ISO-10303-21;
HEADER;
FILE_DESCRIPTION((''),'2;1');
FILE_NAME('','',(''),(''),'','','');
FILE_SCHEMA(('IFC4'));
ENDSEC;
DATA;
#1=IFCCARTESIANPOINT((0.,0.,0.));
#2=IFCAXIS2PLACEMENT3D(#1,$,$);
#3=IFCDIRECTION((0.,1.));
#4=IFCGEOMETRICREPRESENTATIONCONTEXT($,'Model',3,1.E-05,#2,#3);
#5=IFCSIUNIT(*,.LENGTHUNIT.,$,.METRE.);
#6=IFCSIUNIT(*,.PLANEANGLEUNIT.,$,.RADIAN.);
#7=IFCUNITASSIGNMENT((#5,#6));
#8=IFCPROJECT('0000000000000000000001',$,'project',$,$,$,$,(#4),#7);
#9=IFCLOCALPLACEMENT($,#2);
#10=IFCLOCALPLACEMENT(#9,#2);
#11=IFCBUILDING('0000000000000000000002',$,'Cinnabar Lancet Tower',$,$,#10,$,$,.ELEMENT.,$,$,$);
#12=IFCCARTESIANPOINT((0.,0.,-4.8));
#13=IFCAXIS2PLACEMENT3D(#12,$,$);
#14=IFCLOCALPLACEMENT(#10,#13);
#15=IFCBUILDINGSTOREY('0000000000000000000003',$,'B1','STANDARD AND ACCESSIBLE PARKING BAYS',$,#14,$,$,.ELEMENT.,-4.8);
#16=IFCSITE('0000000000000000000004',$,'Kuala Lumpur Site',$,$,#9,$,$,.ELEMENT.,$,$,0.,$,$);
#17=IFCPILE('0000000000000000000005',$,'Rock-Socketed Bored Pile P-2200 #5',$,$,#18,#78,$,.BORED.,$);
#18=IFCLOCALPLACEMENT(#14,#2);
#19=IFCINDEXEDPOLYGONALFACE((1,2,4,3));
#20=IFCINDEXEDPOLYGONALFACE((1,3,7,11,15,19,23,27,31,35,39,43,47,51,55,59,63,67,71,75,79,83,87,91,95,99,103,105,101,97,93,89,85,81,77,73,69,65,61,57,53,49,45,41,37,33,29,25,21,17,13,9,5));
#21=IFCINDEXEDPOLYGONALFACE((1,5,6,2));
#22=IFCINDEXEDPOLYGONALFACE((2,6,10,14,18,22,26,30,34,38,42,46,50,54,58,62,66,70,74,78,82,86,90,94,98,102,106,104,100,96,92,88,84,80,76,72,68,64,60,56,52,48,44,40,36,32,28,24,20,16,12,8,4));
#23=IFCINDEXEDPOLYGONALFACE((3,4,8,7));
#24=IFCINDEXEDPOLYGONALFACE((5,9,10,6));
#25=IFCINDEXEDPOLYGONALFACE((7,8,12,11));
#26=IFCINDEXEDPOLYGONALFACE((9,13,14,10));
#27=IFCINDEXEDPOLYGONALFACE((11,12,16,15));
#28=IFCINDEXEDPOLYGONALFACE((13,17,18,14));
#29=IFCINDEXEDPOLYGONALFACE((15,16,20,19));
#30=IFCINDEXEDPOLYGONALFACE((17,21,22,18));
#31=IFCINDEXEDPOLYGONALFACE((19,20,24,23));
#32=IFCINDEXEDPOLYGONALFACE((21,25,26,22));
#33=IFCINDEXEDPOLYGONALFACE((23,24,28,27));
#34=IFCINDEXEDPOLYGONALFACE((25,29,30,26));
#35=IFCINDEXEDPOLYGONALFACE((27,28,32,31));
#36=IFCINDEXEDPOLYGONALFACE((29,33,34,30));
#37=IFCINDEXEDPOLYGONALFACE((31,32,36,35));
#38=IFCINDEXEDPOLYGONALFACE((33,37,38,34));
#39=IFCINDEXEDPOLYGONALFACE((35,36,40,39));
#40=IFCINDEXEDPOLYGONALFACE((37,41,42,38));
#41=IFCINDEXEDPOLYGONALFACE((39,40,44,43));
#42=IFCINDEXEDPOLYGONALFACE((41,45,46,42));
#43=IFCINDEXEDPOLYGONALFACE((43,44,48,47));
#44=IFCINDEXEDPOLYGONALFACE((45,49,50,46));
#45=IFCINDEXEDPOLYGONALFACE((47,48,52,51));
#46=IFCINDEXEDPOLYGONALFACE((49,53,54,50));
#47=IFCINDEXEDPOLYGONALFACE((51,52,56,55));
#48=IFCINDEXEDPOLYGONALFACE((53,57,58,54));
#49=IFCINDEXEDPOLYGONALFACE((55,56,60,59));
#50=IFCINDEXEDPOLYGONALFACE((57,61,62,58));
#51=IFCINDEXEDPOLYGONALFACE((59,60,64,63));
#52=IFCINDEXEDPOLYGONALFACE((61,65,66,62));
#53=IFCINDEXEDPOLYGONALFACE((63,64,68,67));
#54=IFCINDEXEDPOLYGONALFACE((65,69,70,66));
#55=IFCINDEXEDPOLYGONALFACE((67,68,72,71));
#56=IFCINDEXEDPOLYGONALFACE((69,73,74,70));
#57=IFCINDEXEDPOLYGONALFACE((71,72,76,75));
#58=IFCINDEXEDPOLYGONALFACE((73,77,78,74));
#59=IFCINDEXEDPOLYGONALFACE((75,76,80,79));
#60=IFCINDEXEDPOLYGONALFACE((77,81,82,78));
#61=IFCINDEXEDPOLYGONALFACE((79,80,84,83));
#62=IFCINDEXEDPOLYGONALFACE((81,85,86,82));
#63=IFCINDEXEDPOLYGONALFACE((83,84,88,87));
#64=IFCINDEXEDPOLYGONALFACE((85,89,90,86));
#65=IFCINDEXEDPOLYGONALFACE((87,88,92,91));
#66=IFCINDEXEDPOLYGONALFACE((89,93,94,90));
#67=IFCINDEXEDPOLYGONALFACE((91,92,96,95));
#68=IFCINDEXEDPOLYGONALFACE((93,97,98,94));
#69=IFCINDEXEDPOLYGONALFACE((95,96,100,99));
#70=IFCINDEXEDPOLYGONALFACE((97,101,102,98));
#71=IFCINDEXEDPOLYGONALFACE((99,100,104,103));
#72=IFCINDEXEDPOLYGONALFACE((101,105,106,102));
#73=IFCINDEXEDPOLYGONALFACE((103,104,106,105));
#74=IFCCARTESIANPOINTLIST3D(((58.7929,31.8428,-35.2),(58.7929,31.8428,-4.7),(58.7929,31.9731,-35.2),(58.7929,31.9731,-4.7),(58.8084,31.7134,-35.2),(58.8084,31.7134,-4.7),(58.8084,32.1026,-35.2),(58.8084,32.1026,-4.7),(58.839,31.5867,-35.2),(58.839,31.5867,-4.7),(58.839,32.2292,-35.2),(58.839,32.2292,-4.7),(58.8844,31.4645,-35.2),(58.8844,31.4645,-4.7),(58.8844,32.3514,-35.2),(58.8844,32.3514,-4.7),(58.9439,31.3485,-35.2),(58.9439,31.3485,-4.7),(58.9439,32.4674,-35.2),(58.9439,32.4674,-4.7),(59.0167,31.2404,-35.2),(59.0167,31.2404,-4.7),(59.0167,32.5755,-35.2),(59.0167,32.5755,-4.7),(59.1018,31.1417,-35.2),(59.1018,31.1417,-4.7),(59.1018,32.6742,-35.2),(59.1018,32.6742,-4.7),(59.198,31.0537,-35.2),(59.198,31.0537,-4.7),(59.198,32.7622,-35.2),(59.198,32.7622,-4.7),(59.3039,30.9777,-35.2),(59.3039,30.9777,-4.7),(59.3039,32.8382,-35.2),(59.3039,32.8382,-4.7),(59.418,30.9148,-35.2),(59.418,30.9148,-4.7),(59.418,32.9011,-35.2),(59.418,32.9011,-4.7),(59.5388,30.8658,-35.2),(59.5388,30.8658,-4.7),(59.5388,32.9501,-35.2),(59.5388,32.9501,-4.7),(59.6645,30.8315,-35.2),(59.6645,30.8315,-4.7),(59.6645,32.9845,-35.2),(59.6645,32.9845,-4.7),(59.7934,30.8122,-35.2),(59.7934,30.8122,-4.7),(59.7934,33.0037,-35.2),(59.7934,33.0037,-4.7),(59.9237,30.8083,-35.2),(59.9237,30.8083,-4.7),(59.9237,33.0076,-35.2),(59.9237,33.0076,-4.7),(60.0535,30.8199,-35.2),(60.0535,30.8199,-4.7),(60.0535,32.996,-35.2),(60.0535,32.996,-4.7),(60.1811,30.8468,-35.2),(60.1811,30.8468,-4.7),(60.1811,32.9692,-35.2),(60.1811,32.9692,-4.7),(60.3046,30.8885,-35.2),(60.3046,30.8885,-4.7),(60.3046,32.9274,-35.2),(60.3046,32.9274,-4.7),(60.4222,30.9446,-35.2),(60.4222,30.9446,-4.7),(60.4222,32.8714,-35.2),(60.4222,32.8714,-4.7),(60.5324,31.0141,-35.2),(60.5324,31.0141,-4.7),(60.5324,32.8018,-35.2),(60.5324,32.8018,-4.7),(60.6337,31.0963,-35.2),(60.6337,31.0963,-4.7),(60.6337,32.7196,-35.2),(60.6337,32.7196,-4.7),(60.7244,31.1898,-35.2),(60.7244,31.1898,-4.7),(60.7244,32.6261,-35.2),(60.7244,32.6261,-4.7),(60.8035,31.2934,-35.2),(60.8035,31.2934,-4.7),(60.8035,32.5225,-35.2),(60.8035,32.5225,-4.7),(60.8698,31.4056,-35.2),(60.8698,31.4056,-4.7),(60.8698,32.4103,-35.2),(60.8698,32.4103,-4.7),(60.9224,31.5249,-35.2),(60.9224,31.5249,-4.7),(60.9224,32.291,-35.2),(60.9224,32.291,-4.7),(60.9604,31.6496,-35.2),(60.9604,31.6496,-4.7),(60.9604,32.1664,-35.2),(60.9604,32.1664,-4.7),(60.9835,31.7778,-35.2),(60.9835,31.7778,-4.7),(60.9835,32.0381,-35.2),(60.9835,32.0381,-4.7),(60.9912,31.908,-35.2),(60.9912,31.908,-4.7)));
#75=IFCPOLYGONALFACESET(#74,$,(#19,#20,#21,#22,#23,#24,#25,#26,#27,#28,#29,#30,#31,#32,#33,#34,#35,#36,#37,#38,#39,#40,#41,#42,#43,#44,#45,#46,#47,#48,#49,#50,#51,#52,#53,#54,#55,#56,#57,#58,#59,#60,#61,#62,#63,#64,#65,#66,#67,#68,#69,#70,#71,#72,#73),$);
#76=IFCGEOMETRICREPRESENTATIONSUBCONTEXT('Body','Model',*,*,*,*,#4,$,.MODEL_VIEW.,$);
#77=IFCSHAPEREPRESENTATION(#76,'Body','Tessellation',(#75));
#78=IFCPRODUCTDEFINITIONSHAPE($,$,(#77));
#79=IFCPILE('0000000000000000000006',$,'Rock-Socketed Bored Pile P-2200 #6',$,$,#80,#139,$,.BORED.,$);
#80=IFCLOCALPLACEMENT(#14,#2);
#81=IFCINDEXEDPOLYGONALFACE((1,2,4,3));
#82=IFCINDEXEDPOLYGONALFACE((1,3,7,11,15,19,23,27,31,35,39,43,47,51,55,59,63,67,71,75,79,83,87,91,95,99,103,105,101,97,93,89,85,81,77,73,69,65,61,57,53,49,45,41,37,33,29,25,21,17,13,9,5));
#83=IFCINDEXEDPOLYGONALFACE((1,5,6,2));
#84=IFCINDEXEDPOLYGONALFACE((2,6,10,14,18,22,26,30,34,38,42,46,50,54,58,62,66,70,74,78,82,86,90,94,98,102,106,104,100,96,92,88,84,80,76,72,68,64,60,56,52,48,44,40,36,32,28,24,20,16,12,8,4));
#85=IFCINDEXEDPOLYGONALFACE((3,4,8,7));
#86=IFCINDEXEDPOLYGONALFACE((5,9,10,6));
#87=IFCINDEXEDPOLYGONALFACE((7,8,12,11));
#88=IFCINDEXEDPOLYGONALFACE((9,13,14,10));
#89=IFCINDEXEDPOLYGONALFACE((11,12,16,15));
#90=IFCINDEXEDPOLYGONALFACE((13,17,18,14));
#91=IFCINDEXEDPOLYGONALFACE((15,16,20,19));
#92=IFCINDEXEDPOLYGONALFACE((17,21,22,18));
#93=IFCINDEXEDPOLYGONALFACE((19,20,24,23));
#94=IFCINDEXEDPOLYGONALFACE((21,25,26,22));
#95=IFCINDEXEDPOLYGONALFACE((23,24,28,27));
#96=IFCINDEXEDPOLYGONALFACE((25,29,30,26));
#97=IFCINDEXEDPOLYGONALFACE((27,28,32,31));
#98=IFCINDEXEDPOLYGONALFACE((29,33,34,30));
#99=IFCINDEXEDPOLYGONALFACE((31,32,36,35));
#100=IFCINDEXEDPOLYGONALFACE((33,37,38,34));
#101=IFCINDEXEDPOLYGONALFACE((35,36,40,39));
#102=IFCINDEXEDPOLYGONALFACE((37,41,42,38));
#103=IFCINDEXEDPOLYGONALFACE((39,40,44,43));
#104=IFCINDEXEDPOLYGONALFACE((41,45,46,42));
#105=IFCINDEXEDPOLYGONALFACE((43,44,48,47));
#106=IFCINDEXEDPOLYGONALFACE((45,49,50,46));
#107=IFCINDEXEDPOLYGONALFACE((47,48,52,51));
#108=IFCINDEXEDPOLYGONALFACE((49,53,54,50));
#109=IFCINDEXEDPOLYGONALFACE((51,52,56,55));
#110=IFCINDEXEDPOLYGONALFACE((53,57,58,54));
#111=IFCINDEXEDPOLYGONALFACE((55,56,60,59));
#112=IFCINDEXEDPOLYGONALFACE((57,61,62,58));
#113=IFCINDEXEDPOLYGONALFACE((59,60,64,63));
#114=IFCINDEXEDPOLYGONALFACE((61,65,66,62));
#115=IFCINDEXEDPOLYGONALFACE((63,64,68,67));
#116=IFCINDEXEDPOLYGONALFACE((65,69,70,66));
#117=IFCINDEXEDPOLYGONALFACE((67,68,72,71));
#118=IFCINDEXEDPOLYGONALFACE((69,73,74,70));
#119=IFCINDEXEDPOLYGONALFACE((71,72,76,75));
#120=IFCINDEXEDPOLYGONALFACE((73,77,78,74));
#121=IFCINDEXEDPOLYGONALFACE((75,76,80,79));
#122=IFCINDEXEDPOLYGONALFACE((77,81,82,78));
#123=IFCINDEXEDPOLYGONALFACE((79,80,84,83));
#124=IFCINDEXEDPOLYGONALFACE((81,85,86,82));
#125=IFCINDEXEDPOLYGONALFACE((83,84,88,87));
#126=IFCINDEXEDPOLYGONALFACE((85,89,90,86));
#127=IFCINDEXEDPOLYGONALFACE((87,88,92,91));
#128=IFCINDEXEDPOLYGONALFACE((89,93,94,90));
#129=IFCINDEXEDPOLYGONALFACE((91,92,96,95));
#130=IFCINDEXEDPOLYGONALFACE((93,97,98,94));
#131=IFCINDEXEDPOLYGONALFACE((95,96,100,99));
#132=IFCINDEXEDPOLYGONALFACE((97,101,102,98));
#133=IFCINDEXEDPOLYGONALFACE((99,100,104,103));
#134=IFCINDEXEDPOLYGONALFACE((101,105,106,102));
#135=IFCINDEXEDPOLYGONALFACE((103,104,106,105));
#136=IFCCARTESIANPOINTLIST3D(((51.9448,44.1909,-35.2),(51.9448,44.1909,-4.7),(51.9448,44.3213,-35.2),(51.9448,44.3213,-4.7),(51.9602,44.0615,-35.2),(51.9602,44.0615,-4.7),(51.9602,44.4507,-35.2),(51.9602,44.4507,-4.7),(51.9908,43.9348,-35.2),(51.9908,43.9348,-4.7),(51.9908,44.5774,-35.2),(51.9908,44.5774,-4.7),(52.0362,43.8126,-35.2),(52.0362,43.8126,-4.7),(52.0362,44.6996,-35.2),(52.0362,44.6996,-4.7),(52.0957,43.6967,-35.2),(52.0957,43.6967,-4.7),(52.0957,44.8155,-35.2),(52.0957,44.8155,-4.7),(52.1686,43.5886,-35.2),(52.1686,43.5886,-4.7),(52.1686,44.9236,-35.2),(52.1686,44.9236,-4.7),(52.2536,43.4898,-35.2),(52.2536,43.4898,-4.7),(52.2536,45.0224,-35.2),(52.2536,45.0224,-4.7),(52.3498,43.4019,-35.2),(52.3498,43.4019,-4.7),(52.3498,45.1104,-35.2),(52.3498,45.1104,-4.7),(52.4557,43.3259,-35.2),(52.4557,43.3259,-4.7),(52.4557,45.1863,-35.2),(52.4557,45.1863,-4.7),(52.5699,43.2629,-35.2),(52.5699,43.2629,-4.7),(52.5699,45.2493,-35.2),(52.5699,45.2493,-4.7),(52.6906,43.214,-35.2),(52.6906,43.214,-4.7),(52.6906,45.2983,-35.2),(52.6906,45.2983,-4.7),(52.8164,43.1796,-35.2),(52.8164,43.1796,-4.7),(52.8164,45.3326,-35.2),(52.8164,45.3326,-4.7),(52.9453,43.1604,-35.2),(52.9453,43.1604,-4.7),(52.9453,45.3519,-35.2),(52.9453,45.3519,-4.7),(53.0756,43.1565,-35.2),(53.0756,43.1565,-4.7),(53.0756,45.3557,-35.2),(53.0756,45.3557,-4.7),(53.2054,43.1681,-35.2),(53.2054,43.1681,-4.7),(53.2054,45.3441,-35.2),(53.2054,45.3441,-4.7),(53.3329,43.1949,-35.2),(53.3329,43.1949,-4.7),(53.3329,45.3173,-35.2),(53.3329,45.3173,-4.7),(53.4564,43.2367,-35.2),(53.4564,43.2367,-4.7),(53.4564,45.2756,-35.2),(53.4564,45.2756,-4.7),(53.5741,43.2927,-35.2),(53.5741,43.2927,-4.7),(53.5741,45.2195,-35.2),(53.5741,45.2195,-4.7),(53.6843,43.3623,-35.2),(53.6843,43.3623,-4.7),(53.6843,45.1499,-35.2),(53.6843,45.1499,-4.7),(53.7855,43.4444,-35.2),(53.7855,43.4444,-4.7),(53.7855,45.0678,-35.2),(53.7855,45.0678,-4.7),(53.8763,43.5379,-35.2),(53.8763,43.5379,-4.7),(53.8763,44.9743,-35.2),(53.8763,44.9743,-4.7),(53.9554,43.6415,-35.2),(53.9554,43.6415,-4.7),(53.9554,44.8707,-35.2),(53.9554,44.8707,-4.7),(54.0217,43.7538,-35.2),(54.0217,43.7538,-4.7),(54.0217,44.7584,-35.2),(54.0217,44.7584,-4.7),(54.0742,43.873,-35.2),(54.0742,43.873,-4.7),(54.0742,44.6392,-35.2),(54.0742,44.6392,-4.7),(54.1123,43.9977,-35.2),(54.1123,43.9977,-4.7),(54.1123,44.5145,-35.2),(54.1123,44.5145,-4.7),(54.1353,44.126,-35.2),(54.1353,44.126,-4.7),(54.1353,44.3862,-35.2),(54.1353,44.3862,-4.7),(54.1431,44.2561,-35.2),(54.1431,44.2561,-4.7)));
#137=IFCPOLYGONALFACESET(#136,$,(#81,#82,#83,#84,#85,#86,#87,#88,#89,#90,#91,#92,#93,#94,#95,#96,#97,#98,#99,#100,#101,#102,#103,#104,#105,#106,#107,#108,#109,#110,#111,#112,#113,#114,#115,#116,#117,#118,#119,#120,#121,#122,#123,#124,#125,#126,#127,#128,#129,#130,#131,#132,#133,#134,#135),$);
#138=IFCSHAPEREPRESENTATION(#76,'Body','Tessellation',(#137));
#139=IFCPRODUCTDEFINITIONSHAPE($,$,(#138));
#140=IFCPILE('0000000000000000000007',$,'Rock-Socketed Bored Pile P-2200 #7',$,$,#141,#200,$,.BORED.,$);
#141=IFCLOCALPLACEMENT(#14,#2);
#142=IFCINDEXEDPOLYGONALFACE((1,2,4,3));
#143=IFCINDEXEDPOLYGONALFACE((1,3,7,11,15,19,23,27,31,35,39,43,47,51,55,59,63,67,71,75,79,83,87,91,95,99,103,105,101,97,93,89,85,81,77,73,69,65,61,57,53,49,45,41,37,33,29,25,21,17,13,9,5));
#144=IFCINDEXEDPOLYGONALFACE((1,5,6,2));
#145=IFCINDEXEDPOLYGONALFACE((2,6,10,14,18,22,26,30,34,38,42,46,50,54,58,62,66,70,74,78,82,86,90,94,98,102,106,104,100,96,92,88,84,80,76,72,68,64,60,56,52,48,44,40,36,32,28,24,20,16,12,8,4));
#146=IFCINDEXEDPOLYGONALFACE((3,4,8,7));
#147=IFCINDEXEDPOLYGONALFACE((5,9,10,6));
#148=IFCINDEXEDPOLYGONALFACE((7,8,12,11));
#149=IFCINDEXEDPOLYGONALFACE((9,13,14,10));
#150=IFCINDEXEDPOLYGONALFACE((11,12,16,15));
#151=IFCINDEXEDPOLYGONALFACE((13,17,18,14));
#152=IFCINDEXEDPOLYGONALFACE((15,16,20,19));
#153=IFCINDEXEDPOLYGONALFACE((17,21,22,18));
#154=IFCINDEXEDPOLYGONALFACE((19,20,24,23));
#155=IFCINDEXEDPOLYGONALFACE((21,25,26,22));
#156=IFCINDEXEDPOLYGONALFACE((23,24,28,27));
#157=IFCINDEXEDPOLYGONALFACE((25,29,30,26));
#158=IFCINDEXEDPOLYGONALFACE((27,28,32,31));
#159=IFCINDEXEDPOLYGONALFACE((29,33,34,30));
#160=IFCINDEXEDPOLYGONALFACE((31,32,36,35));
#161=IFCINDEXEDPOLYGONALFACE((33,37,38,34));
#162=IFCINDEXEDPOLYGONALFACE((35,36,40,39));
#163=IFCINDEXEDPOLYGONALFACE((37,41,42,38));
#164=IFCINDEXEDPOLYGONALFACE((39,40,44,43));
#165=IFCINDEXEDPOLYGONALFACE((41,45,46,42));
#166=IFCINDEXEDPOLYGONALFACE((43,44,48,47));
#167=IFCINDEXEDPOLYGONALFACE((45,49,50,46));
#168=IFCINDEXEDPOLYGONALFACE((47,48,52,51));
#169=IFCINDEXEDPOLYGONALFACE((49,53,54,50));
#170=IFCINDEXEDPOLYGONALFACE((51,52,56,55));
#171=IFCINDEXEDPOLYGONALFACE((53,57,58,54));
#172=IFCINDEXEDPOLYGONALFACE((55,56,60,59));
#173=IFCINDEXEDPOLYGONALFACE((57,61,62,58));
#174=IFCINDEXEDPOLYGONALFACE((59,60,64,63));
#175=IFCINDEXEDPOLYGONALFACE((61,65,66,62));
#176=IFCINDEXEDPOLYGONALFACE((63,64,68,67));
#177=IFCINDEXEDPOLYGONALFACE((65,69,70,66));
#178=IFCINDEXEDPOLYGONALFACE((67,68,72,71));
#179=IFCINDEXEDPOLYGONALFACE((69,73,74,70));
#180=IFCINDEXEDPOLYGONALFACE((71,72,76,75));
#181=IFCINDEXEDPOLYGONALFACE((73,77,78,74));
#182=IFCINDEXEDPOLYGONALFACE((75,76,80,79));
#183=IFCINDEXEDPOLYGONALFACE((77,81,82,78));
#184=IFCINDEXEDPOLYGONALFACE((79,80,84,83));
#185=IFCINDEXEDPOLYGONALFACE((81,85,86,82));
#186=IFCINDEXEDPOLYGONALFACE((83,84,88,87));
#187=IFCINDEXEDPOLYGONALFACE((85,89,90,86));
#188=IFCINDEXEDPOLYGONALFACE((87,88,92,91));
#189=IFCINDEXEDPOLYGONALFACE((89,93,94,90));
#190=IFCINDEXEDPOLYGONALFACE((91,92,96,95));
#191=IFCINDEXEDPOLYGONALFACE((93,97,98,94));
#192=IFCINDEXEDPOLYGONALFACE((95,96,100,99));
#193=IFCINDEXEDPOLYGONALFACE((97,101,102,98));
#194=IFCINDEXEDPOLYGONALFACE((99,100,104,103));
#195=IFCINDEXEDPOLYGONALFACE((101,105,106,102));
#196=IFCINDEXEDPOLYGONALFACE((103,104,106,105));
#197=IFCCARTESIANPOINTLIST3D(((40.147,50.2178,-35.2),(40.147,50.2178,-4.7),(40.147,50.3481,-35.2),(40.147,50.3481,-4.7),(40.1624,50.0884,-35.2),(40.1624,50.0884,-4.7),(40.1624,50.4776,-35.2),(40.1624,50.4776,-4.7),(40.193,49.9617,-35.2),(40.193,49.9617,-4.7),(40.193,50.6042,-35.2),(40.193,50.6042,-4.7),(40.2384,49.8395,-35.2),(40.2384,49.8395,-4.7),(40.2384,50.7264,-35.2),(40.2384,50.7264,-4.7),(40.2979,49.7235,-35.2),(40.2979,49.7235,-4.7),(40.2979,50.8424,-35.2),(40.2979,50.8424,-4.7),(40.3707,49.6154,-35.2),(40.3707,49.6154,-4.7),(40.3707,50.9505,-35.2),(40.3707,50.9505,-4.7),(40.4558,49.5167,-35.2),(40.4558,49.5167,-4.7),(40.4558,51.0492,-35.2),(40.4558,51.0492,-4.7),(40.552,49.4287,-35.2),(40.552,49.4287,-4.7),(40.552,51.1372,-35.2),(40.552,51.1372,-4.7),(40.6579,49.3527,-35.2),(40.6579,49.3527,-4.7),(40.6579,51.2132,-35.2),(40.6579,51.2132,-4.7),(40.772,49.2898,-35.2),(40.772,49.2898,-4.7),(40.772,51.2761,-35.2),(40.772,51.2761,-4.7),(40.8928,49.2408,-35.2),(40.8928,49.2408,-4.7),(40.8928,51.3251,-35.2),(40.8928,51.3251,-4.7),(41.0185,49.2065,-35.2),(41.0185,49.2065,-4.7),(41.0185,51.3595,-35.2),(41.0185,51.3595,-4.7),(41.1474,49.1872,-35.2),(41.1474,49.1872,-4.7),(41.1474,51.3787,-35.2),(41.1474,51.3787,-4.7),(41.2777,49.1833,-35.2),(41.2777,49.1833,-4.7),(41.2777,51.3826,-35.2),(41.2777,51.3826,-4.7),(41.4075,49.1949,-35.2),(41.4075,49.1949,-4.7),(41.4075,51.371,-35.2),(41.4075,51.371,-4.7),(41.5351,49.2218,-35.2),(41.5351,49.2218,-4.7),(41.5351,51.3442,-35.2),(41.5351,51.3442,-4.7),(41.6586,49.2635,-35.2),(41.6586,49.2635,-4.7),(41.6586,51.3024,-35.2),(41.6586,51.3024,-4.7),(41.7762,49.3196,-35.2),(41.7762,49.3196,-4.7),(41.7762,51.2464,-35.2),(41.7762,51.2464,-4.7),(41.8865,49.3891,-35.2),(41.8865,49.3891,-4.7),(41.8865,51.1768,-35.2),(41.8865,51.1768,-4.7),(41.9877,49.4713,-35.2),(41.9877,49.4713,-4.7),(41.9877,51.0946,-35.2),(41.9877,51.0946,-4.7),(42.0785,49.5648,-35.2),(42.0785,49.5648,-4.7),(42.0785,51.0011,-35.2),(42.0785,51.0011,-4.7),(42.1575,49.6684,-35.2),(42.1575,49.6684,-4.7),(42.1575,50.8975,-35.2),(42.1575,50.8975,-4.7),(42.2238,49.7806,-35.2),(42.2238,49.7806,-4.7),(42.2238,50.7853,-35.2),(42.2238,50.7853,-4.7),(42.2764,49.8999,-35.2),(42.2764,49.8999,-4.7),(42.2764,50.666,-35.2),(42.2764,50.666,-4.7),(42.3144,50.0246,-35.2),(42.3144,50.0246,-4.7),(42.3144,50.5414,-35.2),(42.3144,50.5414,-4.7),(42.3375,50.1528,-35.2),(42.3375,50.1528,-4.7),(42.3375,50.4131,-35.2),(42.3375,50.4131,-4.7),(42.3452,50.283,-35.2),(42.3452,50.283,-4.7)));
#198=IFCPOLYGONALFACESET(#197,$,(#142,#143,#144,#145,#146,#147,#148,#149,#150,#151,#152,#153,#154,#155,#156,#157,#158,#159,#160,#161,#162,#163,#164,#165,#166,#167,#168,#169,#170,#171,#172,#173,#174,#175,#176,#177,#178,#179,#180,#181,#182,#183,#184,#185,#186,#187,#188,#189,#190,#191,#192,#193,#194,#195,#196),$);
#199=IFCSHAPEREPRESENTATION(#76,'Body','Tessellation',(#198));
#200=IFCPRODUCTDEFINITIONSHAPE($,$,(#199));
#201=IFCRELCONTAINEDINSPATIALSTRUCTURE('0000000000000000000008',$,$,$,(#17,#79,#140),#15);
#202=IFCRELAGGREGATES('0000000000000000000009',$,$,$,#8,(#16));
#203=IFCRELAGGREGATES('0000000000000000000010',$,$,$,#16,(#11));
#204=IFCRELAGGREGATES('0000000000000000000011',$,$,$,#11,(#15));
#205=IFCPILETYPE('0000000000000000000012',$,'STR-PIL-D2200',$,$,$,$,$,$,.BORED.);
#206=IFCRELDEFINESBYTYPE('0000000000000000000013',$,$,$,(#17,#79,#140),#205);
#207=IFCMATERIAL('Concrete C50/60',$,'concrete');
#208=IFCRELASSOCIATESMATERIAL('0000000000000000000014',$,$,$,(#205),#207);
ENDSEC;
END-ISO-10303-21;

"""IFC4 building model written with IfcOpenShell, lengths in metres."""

from ifc_helpers import new_model, si_unit, direction, frame, origin, origin_2d, place, context, subcontext, project, spatial, circle, extrude, material, material_profile, profile_set, type_object, element, save


model = new_model("IFC4")

# Units and contexts
model_context = context("Model", 3, precision=1e-05, world=origin(), true_north=direction((0.0, 1.0)))
body_context = subcontext(model_context, "Body", "Model", "MODEL_VIEW")
ifc_project = project(units=[si_unit("LENGTHUNIT", "METRE"), si_unit("PLANEANGLEUNIT", "RADIAN")], contexts=[model_context])

# Site, building, storey
site_placement = place(None, origin())
site = spatial("IfcSite", under=ifc_project, at=site_placement, Name="Kuala Lumpur Site", CompositionType="ELEMENT", RefElevation=0.0)
building_placement = place(site_placement, origin())
building = spatial("IfcBuilding", under=site, at=building_placement, Name="Cinnabar Lancet Tower", CompositionType="ELEMENT")
storey_placement = place(building_placement, frame((0.0, 0.0, -4.8)))
storey = spatial("IfcBuildingStorey", under=building, at=storey_placement, Name="B1", Description="STANDARD AND ACCESSIBLE PARKING BAYS", CompositionType="ELEMENT", Elevation=-4.8)

# Piles
ifc_material_1 = material(Name="Concrete C50/60", Category="concrete")
ifc_material_profile_1 = material_profile(ifc_material_1, circle(Radius=1.1001, at=origin_2d()), Name="PILE D2200")
ifc_profile_set_1 = profile_set([ifc_material_profile_1], Name="Concrete C50/60")
pile_type_1 = type_object("IfcPileType", Name="STR-PIL-D2200", PredefinedType="BORED", material=ifc_profile_set_1)
for number, where, z_axis, x_axis, name in (
    (1, (59.8911, 31.908, -4.7), (0.0, 0.0, -1.0), (1.0, 0.0, 0.0), "Rock-Socketed Bored Pile P-2200 #5"),
    (2, (53.043, 44.2561, -4.7), (0.0, 0.0, -1.0), (1.0, 0.0, 0.0), "Rock-Socketed Bored Pile P-2200 #6"),
    (3, (41.2451, 50.283, -4.7), (0.0, 0.0, -1.0), (1.0, 0.0, 0.0), "Rock-Socketed Bored Pile P-2200 #7"),
):
    element("IfcPile", number, at=place(storey_placement, frame(where, z_axis=z_axis, x_axis=x_axis)), inside=storey, type_object=pile_type_1, Name=name, PredefinedType="BORED", context=body_context, shape_type="SweptSolid", body=[
        extrude(circle(Radius=1.1001, at=origin_2d()), origin(), (0.0, 0.0, 1.0), 30.5),
    ])

save(model, "model.ifc")
